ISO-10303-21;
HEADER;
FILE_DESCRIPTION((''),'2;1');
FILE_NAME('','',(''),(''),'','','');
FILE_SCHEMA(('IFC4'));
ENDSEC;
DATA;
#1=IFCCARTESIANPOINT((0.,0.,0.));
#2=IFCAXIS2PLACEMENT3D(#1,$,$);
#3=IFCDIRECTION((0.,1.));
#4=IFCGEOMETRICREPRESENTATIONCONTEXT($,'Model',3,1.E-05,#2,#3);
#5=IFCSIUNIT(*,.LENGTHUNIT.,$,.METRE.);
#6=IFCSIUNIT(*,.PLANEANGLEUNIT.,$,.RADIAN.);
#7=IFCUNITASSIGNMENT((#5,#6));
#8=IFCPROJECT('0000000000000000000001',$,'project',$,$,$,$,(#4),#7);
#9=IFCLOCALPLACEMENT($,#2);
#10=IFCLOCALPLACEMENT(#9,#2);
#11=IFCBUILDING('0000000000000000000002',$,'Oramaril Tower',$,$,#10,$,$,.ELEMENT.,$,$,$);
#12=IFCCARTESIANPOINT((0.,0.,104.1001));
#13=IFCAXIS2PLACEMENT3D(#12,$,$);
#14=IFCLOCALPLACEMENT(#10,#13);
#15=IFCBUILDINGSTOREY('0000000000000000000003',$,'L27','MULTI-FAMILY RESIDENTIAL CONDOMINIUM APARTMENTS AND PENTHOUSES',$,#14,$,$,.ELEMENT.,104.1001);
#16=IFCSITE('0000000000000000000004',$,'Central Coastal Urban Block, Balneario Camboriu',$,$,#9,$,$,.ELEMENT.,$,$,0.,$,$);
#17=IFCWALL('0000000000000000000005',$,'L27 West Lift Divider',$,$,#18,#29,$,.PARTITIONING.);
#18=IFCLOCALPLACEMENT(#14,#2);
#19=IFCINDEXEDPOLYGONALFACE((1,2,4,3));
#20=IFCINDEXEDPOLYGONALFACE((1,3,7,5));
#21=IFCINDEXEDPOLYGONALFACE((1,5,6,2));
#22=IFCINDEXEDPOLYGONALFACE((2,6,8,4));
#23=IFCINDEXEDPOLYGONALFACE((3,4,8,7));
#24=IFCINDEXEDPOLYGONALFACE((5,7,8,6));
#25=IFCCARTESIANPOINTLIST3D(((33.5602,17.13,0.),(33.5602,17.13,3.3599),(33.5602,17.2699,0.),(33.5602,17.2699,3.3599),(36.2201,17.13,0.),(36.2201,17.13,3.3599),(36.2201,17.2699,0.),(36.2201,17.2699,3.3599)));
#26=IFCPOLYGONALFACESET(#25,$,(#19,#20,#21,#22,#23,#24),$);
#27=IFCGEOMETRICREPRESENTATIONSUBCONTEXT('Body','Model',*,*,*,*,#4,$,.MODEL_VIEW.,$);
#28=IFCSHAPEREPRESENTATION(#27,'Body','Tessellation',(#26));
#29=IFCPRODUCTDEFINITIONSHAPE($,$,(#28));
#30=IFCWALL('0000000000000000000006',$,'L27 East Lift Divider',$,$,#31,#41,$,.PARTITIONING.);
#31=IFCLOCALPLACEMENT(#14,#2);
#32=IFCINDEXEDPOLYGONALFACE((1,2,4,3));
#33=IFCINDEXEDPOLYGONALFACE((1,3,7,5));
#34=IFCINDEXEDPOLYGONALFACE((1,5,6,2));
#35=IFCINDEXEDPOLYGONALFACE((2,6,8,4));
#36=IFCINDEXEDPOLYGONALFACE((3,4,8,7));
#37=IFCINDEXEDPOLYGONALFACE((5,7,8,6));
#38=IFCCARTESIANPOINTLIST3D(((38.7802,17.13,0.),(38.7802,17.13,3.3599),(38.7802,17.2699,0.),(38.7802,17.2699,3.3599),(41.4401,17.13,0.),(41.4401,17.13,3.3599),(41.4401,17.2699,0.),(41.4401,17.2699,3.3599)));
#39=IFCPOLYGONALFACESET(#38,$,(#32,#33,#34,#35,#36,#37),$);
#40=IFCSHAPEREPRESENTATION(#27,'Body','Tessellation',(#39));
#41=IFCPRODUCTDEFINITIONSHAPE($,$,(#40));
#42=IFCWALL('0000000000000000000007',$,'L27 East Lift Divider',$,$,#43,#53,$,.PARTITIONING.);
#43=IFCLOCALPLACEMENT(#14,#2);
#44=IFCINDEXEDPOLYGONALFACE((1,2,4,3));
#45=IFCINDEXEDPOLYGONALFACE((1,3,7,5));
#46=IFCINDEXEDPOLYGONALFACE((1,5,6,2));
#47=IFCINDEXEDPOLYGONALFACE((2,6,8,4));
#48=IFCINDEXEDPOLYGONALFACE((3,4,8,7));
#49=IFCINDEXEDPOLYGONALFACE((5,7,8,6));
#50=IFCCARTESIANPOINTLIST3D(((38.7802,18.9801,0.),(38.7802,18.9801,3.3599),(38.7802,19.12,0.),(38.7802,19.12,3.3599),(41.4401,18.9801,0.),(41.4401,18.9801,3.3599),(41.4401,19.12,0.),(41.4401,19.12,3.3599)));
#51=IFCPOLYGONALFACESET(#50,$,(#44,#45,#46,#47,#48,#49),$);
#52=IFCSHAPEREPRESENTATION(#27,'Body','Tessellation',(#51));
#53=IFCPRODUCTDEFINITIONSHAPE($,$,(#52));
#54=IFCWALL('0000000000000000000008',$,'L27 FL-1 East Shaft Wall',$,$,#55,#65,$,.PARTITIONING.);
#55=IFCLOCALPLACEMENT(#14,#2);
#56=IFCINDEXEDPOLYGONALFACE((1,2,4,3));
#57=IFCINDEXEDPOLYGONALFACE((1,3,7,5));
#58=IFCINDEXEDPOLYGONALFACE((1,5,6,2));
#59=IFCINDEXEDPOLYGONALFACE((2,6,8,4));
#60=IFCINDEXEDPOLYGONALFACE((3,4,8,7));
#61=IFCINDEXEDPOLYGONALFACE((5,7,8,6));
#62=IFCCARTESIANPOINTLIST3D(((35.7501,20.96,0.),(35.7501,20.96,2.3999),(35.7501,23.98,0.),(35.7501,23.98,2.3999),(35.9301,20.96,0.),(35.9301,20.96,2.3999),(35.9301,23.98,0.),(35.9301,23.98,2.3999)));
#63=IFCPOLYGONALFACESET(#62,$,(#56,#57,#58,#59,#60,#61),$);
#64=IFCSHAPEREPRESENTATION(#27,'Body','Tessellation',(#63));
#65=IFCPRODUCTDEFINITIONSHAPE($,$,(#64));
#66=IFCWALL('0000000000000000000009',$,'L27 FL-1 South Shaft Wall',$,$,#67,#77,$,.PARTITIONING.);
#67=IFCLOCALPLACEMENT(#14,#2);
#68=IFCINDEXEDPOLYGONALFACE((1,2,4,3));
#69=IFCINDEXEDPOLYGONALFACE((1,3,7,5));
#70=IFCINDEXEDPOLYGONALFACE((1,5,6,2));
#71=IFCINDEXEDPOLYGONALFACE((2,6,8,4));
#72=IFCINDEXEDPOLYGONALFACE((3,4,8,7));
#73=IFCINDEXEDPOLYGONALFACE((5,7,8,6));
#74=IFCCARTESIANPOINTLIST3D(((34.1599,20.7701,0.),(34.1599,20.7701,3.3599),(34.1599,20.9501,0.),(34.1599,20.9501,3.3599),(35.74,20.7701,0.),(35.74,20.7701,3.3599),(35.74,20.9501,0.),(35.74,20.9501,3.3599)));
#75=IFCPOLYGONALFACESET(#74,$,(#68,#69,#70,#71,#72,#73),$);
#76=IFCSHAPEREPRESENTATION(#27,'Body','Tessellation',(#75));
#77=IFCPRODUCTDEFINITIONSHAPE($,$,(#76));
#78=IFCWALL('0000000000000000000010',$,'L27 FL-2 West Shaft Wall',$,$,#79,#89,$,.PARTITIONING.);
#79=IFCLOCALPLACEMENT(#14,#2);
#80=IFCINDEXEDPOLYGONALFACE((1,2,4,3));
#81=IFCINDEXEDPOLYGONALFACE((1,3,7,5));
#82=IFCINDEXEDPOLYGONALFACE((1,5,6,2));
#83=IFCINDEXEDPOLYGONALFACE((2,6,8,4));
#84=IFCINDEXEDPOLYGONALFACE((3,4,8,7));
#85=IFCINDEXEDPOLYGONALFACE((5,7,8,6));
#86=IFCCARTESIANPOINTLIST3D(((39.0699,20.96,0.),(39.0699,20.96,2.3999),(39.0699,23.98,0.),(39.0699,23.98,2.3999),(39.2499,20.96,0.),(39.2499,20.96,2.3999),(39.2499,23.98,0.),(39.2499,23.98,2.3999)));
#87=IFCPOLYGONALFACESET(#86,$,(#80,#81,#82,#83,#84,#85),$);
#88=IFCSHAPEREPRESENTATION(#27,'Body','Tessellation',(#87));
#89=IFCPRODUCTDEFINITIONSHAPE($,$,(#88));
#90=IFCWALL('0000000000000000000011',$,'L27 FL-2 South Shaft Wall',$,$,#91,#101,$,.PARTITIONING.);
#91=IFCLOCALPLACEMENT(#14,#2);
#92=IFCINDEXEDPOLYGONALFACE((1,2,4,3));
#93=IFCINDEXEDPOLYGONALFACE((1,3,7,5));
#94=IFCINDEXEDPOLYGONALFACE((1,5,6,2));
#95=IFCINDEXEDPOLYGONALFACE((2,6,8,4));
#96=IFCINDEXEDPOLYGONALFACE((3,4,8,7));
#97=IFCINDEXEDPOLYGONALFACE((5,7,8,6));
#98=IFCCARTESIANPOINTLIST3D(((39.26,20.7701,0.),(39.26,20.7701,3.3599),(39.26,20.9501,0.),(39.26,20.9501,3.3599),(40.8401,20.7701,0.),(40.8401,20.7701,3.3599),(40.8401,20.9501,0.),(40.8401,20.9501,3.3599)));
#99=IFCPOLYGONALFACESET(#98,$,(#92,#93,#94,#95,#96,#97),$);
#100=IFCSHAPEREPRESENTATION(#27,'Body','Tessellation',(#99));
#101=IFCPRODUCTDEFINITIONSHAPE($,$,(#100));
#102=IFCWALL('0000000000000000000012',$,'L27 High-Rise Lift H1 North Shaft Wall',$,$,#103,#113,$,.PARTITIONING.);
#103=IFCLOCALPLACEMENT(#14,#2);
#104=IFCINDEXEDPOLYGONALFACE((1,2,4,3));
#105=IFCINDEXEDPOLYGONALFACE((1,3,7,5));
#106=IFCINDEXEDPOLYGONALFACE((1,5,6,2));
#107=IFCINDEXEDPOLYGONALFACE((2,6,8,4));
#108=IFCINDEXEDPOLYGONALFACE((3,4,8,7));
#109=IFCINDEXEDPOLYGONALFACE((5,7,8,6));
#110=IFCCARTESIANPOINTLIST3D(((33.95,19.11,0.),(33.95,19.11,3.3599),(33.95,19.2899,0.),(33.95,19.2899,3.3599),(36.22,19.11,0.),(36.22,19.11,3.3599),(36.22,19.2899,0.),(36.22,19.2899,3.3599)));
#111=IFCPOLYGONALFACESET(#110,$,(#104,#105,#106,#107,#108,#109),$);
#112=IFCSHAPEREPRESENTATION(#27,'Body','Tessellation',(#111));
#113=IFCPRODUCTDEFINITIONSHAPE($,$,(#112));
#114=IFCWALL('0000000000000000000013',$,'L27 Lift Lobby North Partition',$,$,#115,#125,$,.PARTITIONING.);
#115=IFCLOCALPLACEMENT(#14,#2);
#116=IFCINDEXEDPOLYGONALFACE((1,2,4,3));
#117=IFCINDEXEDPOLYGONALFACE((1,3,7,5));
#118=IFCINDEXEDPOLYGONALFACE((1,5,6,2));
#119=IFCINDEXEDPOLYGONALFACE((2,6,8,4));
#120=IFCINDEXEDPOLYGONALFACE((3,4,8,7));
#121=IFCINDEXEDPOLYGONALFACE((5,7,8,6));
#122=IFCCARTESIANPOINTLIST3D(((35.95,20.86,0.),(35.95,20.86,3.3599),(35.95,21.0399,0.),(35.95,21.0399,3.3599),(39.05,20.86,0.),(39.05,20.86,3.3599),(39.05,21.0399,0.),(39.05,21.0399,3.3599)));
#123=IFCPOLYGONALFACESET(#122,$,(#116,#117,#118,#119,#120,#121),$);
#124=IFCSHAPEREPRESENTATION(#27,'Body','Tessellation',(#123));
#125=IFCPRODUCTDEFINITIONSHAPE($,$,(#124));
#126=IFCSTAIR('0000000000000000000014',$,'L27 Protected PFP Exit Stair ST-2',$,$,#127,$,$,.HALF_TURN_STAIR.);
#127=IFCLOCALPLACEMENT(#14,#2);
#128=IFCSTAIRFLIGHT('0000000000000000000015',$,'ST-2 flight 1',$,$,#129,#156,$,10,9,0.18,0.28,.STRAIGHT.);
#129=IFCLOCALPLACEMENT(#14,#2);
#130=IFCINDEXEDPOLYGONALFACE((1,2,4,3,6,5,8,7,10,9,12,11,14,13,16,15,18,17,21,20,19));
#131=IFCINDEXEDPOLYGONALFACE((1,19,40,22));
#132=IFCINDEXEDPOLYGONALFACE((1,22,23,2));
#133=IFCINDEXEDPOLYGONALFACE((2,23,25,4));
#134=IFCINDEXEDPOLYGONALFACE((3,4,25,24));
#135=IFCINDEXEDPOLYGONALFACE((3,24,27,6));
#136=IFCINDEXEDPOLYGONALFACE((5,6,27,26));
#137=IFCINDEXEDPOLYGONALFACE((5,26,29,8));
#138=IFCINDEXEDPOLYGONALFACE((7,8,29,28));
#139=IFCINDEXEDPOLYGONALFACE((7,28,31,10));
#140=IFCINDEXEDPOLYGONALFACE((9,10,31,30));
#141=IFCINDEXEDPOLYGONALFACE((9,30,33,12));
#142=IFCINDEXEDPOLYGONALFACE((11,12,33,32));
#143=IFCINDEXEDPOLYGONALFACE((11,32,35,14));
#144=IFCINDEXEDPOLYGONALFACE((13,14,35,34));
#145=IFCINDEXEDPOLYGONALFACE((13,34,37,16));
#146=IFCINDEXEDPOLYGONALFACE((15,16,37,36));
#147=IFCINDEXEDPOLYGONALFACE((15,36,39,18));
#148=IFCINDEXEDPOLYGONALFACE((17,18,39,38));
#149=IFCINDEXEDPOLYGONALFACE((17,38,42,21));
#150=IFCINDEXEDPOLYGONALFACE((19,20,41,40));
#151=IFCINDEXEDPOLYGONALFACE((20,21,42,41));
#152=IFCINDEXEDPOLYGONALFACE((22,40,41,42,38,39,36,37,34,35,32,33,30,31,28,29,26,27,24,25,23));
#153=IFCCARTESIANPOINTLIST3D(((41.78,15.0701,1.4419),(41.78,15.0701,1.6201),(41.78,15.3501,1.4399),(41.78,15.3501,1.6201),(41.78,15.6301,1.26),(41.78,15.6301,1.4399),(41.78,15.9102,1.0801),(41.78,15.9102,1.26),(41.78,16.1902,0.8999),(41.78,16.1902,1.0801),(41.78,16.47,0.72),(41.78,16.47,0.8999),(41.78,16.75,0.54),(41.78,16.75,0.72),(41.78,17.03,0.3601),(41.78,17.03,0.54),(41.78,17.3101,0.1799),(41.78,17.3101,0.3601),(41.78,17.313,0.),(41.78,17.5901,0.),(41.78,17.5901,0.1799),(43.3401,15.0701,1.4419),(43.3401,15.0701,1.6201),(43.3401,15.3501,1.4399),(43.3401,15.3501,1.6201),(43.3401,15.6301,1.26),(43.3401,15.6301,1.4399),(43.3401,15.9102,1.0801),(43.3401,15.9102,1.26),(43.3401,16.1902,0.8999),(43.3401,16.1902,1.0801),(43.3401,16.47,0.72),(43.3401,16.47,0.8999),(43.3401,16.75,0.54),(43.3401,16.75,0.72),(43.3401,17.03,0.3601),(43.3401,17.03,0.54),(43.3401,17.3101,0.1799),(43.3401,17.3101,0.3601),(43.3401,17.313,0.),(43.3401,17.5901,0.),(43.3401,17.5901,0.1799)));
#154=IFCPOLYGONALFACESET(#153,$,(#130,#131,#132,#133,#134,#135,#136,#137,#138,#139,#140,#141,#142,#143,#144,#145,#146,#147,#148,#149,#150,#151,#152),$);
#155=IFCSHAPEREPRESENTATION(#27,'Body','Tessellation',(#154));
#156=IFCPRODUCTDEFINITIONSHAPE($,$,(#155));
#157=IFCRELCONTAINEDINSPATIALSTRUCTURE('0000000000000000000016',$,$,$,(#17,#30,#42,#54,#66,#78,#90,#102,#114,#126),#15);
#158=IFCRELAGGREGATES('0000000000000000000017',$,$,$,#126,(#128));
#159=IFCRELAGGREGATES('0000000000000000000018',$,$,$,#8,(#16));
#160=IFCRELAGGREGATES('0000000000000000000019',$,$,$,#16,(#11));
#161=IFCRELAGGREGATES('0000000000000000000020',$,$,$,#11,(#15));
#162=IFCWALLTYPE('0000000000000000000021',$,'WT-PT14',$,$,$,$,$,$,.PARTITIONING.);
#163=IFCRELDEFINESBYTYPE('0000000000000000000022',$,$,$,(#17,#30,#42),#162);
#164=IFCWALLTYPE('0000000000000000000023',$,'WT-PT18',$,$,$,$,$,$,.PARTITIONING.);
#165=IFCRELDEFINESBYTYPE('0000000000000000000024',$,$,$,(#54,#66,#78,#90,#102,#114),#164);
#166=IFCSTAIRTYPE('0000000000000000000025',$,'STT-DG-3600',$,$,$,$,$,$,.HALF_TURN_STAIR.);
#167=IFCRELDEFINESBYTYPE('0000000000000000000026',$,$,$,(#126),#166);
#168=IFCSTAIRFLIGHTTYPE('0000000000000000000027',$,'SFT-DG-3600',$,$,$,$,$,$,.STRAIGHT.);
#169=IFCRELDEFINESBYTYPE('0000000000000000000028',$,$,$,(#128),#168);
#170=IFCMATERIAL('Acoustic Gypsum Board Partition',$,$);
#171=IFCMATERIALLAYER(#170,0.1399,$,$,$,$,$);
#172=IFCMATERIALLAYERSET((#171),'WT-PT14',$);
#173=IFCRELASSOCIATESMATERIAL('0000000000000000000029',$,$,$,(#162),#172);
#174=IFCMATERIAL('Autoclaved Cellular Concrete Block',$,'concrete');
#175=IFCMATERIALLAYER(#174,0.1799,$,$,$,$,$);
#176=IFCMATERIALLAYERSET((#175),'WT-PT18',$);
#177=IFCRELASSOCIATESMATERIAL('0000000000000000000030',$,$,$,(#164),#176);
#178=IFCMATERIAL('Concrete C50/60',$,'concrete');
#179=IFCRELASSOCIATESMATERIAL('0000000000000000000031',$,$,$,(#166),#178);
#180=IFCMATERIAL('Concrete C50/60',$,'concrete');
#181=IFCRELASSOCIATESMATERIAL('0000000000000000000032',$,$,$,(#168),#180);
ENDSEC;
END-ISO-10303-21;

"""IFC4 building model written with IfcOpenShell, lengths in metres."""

from ifc_helpers import new_model, si_unit, direction, frame, frame_2d, origin, place, context, subcontext, project, spatial, polyline, rectangle, outline, extrude, material, layer, layer_set, type_object, element, aggregate, save


model = new_model("IFC4")

# Units and contexts
model_context = context("Model", 3, precision=1e-05, world=origin(), true_north=direction((0.0, 1.0)))
body_context = subcontext(model_context, "Body", "Model", "MODEL_VIEW")
ifc_project = project(units=[si_unit("LENGTHUNIT", "METRE"), si_unit("PLANEANGLEUNIT", "RADIAN")], contexts=[model_context])

# Site, building, storey
site_placement = place(None, origin())
site = spatial("IfcSite", under=ifc_project, at=site_placement, Name="Central Coastal Urban Block, Balneario Camboriu", CompositionType="ELEMENT", RefElevation=0.0)
building_placement = place(site_placement, origin())
building = spatial("IfcBuilding", under=site, at=building_placement, Name="Oramaril Tower", CompositionType="ELEMENT")
storey_placement = place(building_placement, frame((0.0, 0.0, 104.1001)))
storey = spatial("IfcBuildingStorey", under=building, at=storey_placement, Name="L27", Description="MULTI-FAMILY RESIDENTIAL CONDOMINIUM APARTMENTS AND PENTHOUSES", CompositionType="ELEMENT", Elevation=104.1001)

# Walls
ifc_material_1 = material(Name="Acoustic Gypsum Board Partition")
ifc_layer_1 = layer(ifc_material_1, 0.1399)
ifc_layer_set_1 = layer_set([ifc_layer_1], Name="WT-PT14")
wall_type_1 = type_object("IfcWallType", Name="WT-PT14", PredefinedType="PARTITIONING", material=ifc_layer_set_1)
for number, where, z_axis, x_axis, name in (
    (1, (33.5601, 17.2, 0.0), (0.0, 0.0, 1.0), (1.0, 0.0, 0.0), "L27 West Lift Divider"),
    (2, (38.78, 17.2, 0.0), (0.0, 0.0, 1.0), (1.0, 0.0, 0.0), "L27 East Lift Divider"),
    (3, (38.78, 19.05, 0.0), (0.0, 0.0, 1.0), (1.0, 0.0, 0.0), "L27 East Lift Divider"),
):
    element("IfcWall", number, at=place(storey_placement, frame(where, z_axis=z_axis, x_axis=x_axis)), inside=storey, type_object=wall_type_1, Name=name, PredefinedType="PARTITIONING", context=body_context, shape_type="SweptSolid", body=[
        extrude(rectangle(XDim=2.6599, YDim=0.1399, at=frame_2d((1.3301, 0.0))), origin(), (0.0, 0.0, 1.0), 3.3599),
    ])
ifc_material_2 = material(Name="Autoclaved Cellular Concrete Block", Category="concrete")
ifc_layer_2 = layer(ifc_material_2, 0.1799)
ifc_layer_set_2 = layer_set([ifc_layer_2], Name="WT-PT18")
wall_type_2 = type_object("IfcWallType", Name="WT-PT18", PredefinedType="PARTITIONING", material=ifc_layer_set_2)
wall_1_placement = place(storey_placement, frame((35.8401, 20.96, 0.0), z_axis=(0.0, 0.0, 1.0), x_axis=(0.0, 1.0, 0.0)))
element("IfcWall", 4, at=wall_1_placement, inside=storey, type_object=wall_type_2, Name="L27 FL-1 East Shaft Wall", PredefinedType="PARTITIONING", context=body_context, shape_type="SweptSolid", body=[
    extrude(rectangle(XDim=3.02, YDim=0.1799, at=frame_2d((1.51, 0.0))), origin(), (0.0, 0.0, 1.0), 2.3999),
])
wall_2_placement = place(storey_placement, frame((34.1599, 20.8601, 0.0), z_axis=(0.0, 0.0, 1.0), x_axis=(1.0, 0.0, 0.0)))
element("IfcWall", 5, at=wall_2_placement, inside=storey, type_object=wall_type_2, Name="L27 FL-1 South Shaft Wall", PredefinedType="PARTITIONING", context=body_context, shape_type="SweptSolid", body=[
    extrude(rectangle(XDim=1.5801, YDim=0.1799, at=frame_2d((0.79, 0.0))), origin(), (0.0, 0.0, 1.0), 3.3599),
])
wall_3_placement = place(storey_placement, frame((39.1599, 20.96, 0.0), z_axis=(0.0, 0.0, 1.0), x_axis=(0.0, 1.0, 0.0)))
element("IfcWall", 6, at=wall_3_placement, inside=storey, type_object=wall_type_2, Name="L27 FL-2 West Shaft Wall", PredefinedType="PARTITIONING", context=body_context, shape_type="SweptSolid", body=[
    extrude(rectangle(XDim=3.02, YDim=0.1799, at=frame_2d((1.51, 0.0))), origin(), (0.0, 0.0, 1.0), 2.3999),
])
wall_4_placement = place(storey_placement, frame((39.26, 20.8601, 0.0), z_axis=(0.0, 0.0, 1.0), x_axis=(1.0, 0.0, 0.0)))
element("IfcWall", 7, at=wall_4_placement, inside=storey, type_object=wall_type_2, Name="L27 FL-2 South Shaft Wall", PredefinedType="PARTITIONING", context=body_context, shape_type="SweptSolid", body=[
    extrude(rectangle(XDim=1.5801, YDim=0.1799, at=frame_2d((0.79, 0.0))), origin(), (0.0, 0.0, 1.0), 3.3599),
])
wall_5_placement = place(storey_placement, frame((33.95, 19.2, 0.0), z_axis=(0.0, 0.0, 1.0), x_axis=(1.0, 0.0, 0.0)))
element("IfcWall", 8, at=wall_5_placement, inside=storey, type_object=wall_type_2, Name="L27 High-Rise Lift H1 North Shaft Wall", PredefinedType="PARTITIONING", context=body_context, shape_type="SweptSolid", body=[
    extrude(rectangle(XDim=2.27, YDim=0.1799, at=frame_2d((1.135, 0.0))), origin(), (0.0, 0.0, 1.0), 3.3599),
])
wall_6_placement = place(storey_placement, frame((35.95, 20.95, 0.0), z_axis=(0.0, 0.0, 1.0), x_axis=(1.0, 0.0, 0.0)))
element("IfcWall", 9, at=wall_6_placement, inside=storey, type_object=wall_type_2, Name="L27 Lift Lobby North Partition", PredefinedType="PARTITIONING", context=body_context, shape_type="SweptSolid", body=[
    extrude(rectangle(XDim=3.1001, YDim=0.1799, at=frame_2d((1.55, 0.0))), origin(), (0.0, 0.0, 1.0), 3.3599),
])

# Stair, stair flight
ifc_material_3 = material(Name="Concrete C50/60", Category="concrete")
stair_type = type_object("IfcStairType", Name="STT-DG-3600", PredefinedType="HALF_TURN_STAIR", material=ifc_material_3)
stair_placement = place(storey_placement, origin())
stair = element("IfcStair", 10, at=stair_placement, inside=storey, type_object=stair_type, Name="L27 Protected PFP Exit Stair ST-2", PredefinedType="HALF_TURN_STAIR")
ifc_material_4 = material(Name="Concrete C50/60", Category="concrete")
stair_flight_type = type_object("IfcStairFlightType", Name="SFT-DG-3600", PredefinedType="STRAIGHT", material=ifc_material_4)
stair_flight_placement = place(storey_placement, frame((42.5601, 17.5901, 0.0), z_axis=(0.0, 0.0, 1.0), x_axis=(0.0, -1.0, 0.0)))
stair_flight = element("IfcStairFlight", 11, at=stair_flight_placement, type_object=stair_flight_type, Name="ST-2 flight 1", NumberOfRisers=10, NumberOfTreads=9, PredefinedType="STRAIGHT", RiserHeight=0.18, TreadLength=0.28, context=body_context, shape_type="SweptSolid", body=[
    extrude(outline(polyline([(0.0, 0.0), (0.0, 0.1799), (0.28, 0.1799), (0.28, 0.3601), (0.5601, 0.3601), (0.5601, 0.54), (0.8401, 0.54), (0.8401, 0.72), (1.1201, 0.72), (1.1201, 0.8999), (1.3999, 0.8999), (1.3999, 1.0801), (1.6799, 1.0801), (1.6799, 1.26), (1.96, 1.26), (1.96, 1.4399), (2.24, 1.4399), (2.24, 1.6201), (2.52, 1.6201), (2.52, 1.8), (2.52, 1.4419), (0.2771, 0.0), (0.0, 0.0)])), frame((0.0, 0.78, 0.0), z_axis=(0.0, -1.0, 0.0), x_axis=(1.0, 0.0, 0.0)), (0.0, 0.0, 1.0), 1.5601),
])
aggregate(stair, [stair_flight])

save(model, "model.ifc")
